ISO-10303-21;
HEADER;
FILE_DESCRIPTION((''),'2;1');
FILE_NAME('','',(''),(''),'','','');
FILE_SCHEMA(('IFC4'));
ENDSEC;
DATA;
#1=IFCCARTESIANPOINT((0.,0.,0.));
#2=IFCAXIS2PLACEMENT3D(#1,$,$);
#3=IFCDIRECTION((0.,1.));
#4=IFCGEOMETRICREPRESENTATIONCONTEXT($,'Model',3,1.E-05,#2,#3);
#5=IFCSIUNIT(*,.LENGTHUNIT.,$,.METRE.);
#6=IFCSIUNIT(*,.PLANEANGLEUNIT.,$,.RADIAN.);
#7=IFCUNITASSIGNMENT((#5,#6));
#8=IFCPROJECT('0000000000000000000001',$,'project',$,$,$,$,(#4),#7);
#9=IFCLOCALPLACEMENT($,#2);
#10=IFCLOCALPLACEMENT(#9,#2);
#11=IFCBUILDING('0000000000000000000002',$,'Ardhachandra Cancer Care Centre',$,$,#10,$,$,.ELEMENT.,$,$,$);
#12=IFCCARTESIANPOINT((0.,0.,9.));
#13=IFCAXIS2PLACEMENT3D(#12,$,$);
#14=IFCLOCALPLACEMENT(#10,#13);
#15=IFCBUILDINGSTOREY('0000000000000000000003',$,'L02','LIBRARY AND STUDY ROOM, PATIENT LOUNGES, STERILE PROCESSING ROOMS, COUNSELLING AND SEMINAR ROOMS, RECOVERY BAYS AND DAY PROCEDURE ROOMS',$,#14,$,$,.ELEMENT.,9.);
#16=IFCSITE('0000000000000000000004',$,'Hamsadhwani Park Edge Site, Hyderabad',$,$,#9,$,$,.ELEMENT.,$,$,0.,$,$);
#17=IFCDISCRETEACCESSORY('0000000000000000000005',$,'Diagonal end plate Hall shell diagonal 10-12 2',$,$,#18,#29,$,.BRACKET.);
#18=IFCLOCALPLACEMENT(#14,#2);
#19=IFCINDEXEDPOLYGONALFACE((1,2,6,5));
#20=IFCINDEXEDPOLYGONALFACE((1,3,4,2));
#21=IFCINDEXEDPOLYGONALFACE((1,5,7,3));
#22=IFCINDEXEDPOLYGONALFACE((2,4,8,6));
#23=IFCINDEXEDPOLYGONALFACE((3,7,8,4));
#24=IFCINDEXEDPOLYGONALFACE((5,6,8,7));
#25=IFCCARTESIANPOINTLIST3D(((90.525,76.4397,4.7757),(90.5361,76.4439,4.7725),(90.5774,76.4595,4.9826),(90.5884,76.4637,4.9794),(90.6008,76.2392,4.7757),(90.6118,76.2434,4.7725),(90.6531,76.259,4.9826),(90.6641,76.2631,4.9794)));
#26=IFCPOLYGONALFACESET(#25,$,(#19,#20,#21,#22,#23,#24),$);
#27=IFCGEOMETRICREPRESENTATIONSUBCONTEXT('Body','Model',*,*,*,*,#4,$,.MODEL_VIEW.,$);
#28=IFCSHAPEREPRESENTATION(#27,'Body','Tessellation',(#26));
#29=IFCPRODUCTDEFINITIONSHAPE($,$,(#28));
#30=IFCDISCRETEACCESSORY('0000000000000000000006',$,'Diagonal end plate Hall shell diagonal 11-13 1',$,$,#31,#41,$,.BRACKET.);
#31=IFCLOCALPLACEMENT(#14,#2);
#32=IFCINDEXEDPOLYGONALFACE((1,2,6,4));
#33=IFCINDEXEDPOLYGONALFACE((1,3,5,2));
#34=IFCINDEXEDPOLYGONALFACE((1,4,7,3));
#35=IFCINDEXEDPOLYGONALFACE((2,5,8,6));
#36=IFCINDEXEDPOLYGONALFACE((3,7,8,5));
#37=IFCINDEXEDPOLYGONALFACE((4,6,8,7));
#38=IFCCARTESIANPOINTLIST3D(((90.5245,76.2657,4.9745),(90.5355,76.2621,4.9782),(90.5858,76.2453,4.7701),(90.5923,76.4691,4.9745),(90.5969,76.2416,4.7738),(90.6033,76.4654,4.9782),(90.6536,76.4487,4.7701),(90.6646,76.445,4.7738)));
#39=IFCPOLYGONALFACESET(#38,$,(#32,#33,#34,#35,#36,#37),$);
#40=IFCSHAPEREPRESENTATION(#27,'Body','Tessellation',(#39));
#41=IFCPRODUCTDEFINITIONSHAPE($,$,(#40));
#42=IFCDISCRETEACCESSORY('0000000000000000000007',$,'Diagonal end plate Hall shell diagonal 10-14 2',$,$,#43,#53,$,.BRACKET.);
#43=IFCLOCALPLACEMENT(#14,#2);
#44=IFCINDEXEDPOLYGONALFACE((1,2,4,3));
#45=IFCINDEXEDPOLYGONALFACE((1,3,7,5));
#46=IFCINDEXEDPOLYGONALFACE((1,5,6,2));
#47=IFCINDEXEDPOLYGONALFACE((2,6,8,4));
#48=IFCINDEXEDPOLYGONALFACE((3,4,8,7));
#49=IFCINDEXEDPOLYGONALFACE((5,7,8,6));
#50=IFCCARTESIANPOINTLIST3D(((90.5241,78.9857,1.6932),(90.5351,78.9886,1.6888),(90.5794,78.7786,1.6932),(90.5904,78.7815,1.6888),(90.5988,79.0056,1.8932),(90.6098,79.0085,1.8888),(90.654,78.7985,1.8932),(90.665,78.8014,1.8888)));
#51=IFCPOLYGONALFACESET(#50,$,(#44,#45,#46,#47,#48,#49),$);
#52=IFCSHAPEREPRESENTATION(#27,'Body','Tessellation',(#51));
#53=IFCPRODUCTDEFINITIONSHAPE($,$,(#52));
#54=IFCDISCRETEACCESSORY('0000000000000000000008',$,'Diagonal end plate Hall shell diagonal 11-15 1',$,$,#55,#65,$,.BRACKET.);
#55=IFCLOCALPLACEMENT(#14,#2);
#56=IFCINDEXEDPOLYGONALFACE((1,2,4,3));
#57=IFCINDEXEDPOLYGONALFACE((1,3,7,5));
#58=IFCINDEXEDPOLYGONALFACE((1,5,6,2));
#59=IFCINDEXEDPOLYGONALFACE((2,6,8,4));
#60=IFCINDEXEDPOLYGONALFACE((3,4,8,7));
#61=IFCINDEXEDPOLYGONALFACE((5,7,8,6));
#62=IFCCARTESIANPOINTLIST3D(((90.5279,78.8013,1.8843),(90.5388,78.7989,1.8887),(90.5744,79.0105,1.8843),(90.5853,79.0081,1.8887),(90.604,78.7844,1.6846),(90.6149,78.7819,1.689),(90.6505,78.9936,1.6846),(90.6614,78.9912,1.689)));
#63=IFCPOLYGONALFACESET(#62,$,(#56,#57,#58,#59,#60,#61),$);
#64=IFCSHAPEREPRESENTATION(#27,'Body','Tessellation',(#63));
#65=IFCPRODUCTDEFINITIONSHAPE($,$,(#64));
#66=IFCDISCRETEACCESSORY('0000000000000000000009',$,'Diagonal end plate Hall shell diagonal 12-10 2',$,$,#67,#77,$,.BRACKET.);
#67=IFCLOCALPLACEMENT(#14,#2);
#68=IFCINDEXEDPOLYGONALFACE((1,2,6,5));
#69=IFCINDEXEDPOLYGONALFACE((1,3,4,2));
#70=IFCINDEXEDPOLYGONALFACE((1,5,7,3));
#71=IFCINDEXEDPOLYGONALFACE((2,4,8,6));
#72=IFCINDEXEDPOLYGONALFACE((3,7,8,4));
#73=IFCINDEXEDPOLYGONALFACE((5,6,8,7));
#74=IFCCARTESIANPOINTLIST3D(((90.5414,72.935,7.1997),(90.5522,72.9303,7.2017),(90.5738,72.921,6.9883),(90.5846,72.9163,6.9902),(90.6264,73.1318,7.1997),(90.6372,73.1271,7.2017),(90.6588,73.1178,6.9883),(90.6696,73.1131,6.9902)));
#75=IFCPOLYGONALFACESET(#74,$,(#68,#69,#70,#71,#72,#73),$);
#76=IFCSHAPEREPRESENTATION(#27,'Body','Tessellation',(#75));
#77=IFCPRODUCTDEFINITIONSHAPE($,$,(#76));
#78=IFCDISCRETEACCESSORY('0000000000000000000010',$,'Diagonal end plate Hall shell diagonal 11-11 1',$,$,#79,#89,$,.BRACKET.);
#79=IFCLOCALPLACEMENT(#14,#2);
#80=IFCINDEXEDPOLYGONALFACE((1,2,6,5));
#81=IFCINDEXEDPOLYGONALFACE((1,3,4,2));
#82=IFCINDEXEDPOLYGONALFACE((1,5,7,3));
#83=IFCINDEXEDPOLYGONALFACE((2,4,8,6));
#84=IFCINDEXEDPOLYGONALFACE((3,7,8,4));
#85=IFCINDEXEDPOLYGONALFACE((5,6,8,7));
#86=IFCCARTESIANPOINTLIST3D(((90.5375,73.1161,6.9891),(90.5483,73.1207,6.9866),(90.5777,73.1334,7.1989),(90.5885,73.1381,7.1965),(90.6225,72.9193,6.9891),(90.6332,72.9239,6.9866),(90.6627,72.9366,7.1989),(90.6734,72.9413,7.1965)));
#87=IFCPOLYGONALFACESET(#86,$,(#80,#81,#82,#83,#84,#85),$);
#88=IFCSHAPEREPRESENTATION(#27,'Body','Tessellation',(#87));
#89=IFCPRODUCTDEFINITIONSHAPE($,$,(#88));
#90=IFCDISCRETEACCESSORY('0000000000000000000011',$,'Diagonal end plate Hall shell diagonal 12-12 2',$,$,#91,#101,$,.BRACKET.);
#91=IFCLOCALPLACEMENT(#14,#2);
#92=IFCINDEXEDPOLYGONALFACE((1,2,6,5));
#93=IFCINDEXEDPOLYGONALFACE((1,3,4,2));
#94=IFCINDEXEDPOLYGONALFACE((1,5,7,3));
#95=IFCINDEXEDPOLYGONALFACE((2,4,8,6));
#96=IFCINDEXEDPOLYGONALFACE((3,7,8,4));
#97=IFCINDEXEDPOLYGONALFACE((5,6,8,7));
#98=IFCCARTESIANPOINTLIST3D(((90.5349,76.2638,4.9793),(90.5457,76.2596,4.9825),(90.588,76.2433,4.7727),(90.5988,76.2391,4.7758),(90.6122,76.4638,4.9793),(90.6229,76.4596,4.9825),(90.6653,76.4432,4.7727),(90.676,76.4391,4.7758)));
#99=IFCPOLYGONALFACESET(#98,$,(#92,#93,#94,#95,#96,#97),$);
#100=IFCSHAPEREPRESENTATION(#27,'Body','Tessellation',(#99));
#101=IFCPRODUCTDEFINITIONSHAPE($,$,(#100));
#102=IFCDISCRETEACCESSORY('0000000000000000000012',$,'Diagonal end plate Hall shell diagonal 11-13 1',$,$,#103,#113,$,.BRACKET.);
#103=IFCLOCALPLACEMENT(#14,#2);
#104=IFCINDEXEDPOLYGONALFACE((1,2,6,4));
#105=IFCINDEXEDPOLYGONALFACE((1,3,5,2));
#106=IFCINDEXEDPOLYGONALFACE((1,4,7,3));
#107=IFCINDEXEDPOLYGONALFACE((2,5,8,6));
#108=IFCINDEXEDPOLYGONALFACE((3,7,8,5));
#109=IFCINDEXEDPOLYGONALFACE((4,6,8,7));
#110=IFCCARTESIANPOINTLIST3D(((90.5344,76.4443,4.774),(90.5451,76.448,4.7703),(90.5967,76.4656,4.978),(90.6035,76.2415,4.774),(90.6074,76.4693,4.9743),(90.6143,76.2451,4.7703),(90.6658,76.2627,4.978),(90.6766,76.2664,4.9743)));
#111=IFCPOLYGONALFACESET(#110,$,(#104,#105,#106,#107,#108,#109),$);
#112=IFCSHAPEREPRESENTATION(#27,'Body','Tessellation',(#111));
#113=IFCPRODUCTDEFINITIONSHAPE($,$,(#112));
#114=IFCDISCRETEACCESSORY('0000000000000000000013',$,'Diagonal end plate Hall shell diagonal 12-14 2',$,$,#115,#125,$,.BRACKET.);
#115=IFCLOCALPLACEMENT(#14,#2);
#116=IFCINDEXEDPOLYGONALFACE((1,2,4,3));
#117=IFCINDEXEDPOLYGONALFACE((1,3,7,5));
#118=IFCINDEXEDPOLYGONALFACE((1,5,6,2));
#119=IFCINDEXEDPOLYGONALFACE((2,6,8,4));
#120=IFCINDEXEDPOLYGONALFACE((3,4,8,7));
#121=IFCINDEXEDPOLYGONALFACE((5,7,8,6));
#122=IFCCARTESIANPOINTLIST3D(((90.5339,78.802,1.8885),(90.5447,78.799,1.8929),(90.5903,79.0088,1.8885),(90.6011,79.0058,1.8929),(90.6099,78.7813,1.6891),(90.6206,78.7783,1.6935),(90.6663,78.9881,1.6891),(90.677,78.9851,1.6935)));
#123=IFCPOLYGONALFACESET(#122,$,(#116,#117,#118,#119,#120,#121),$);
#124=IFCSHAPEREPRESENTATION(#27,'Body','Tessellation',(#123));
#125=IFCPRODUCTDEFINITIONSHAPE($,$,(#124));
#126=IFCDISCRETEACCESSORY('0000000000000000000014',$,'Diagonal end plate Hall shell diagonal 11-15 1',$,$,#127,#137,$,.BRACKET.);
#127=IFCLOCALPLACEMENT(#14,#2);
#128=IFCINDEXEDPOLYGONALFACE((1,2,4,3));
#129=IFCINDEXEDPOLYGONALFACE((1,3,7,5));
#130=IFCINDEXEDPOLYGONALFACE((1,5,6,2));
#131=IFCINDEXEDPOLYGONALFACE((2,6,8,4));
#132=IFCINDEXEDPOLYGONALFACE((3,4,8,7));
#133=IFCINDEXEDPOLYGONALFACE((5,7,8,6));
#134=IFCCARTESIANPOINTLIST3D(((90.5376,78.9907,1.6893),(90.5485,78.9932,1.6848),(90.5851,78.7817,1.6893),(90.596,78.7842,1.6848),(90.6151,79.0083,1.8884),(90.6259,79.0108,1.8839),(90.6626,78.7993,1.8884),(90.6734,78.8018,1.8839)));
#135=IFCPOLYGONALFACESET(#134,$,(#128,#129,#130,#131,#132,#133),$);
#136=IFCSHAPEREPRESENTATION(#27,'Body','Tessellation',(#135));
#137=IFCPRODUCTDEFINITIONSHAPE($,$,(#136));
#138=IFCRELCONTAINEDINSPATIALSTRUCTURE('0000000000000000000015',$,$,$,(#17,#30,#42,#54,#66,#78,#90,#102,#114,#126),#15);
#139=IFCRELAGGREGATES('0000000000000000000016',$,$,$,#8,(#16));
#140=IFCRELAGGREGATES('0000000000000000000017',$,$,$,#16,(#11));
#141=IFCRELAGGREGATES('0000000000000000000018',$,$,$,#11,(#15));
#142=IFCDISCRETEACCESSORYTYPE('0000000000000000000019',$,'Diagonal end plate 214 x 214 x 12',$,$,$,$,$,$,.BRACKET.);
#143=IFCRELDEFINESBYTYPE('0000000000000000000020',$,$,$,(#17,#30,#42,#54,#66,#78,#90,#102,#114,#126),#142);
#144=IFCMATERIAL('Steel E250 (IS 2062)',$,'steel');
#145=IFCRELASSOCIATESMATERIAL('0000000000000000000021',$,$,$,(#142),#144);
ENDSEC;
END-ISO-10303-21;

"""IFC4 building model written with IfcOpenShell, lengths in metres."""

from ifc_helpers import new_model, si_unit, direction, frame, origin, origin_2d, place, context, subcontext, project, spatial, rectangle, extrude, material, material_profile, profile_set, type_object, element, save


model = new_model("IFC4")

# Units and contexts
model_context = context("Model", 3, precision=1e-05, world=origin(), true_north=direction((0.0, 1.0)))
body_context = subcontext(model_context, "Body", "Model", "MODEL_VIEW")
ifc_project = project(units=[si_unit("LENGTHUNIT", "METRE"), si_unit("PLANEANGLEUNIT", "RADIAN")], contexts=[model_context])

# Site, building, storey
site_placement = place(None, origin())
site = spatial("IfcSite", under=ifc_project, at=site_placement, Name="Hamsadhwani Park Edge Site, Hyderabad", CompositionType="ELEMENT", RefElevation=0.0)
building_placement = place(site_placement, origin())
building = spatial("IfcBuilding", under=site, at=building_placement, Name="Ardhachandra Cancer Care Centre", CompositionType="ELEMENT")
storey_placement = place(building_placement, frame((0.0, 0.0, 9.0)))
storey = spatial("IfcBuildingStorey", under=building, at=storey_placement, Name="L02", Description="LIBRARY AND STUDY ROOM, PATIENT LOUNGES, STERILE PROCESSING ROOMS, COUNSELLING AND SEMINAR ROOMS, RECOVERY BAYS AND DAY PROCEDURE ROOMS", CompositionType="ELEMENT", Elevation=9.0)

# Discrete accessories
ifc_material_1 = material(Name="Steel E250 (IS 2062)", Category="steel")
ifc_material_profile_1 = material_profile(ifc_material_1, rectangle(XDim=0.2144, YDim=0.2144, at=origin_2d()), Name="PL 214x214x12")
ifc_profile_set_1 = profile_set([ifc_material_profile_1], Name="Steel E250 (IS 2062)")
discrete_accessory_type = type_object("IfcDiscreteAccessoryType", Name="Diagonal end plate 214 x 214 x 12", PredefinedType="BRACKET", material=ifc_profile_set_1)
for number, where, z_axis, x_axis, name in (
    (1, (90.6001, 76.3535, 4.876), (-0.903076, -0.341162, 0.260889), (0.353401, -0.935472, 0.0), "Diagonal end plate Hall shell diagonal 10-12 2"),
    (2, (90.6001, 76.3535, 4.876), (-0.904534, 0.301511, -0.301511), (-0.316228, -0.948683, 0.0), "Diagonal end plate Hall shell diagonal 11-13 1"),
    (3, (90.6001, 78.895, 1.7888), (-0.901263, -0.240337, 0.360505), (0.257663, -0.966235, 0.0), "Diagonal end plate Hall shell diagonal 10-14 2"),
):
    element("IfcDiscreteAccessory", number, at=place(storey_placement, frame(where, z_axis=z_axis, x_axis=x_axis)), inside=storey, type_object=discrete_accessory_type, Name=name, PredefinedType="BRACKET", context=body_context, shape_type="SweptSolid", body=[
        extrude(rectangle(XDim=0.2144, YDim=0.2144, at=origin_2d()), origin(), (0.0, 0.0, 1.0), 0.0122),
    ])
for number, where, z_axis, x_axis, name in (
    (4, (90.6001, 78.895, 1.7888), (-0.909323, 0.202072, -0.363729), (-0.21693, -0.976187, 0.0), "Diagonal end plate Hall shell diagonal 11-15 1"),
    (5, (90.6001, 73.0264, 7.094), (0.905534, -0.391026, 0.164643), (0.396436, 0.918062, 0.0), "Diagonal end plate Hall shell diagonal 12-10 2"),
    (6, (90.6001, 73.0264, 7.094), (0.898708, 0.388079, -0.204252), (-0.396436, 0.918062, 0.0), "Diagonal end plate Hall shell diagonal 11-11 1"),
    (7, (90.6001, 76.3535, 4.876), (0.899271, -0.347446, 0.265694), (0.360399, 0.932798, 0.0), "Diagonal end plate Hall shell diagonal 12-12 2"),
    (8, (90.6001, 76.3535, 4.876), (0.900777, 0.307083, -0.307083), (-0.322674, 0.94651, 0.0), "Diagonal end plate Hall shell diagonal 11-13 1"),
    (9, (90.6001, 78.895, 1.7888), (0.897399, -0.244745, 0.367118), (0.263117, 0.964764, 0.0), "Diagonal end plate Hall shell diagonal 12-14 2"),
    (10, (90.6001, 78.895, 1.7888), (0.905726, 0.205847, -0.370524), (-0.221621, 0.975133, 0.0), "Diagonal end plate Hall shell diagonal 11-15 1"),
):
    element("IfcDiscreteAccessory", number, at=place(storey_placement, frame(where, z_axis=z_axis, x_axis=x_axis)), inside=storey, type_object=discrete_accessory_type, Name=name, PredefinedType="BRACKET", context=body_context, shape_type="SweptSolid", body=[
        extrude(rectangle(XDim=0.2144, YDim=0.2144, at=origin_2d()), origin(), (0.0, 0.0, 1.0), 0.012),
    ])

save(model, "model.ifc")
